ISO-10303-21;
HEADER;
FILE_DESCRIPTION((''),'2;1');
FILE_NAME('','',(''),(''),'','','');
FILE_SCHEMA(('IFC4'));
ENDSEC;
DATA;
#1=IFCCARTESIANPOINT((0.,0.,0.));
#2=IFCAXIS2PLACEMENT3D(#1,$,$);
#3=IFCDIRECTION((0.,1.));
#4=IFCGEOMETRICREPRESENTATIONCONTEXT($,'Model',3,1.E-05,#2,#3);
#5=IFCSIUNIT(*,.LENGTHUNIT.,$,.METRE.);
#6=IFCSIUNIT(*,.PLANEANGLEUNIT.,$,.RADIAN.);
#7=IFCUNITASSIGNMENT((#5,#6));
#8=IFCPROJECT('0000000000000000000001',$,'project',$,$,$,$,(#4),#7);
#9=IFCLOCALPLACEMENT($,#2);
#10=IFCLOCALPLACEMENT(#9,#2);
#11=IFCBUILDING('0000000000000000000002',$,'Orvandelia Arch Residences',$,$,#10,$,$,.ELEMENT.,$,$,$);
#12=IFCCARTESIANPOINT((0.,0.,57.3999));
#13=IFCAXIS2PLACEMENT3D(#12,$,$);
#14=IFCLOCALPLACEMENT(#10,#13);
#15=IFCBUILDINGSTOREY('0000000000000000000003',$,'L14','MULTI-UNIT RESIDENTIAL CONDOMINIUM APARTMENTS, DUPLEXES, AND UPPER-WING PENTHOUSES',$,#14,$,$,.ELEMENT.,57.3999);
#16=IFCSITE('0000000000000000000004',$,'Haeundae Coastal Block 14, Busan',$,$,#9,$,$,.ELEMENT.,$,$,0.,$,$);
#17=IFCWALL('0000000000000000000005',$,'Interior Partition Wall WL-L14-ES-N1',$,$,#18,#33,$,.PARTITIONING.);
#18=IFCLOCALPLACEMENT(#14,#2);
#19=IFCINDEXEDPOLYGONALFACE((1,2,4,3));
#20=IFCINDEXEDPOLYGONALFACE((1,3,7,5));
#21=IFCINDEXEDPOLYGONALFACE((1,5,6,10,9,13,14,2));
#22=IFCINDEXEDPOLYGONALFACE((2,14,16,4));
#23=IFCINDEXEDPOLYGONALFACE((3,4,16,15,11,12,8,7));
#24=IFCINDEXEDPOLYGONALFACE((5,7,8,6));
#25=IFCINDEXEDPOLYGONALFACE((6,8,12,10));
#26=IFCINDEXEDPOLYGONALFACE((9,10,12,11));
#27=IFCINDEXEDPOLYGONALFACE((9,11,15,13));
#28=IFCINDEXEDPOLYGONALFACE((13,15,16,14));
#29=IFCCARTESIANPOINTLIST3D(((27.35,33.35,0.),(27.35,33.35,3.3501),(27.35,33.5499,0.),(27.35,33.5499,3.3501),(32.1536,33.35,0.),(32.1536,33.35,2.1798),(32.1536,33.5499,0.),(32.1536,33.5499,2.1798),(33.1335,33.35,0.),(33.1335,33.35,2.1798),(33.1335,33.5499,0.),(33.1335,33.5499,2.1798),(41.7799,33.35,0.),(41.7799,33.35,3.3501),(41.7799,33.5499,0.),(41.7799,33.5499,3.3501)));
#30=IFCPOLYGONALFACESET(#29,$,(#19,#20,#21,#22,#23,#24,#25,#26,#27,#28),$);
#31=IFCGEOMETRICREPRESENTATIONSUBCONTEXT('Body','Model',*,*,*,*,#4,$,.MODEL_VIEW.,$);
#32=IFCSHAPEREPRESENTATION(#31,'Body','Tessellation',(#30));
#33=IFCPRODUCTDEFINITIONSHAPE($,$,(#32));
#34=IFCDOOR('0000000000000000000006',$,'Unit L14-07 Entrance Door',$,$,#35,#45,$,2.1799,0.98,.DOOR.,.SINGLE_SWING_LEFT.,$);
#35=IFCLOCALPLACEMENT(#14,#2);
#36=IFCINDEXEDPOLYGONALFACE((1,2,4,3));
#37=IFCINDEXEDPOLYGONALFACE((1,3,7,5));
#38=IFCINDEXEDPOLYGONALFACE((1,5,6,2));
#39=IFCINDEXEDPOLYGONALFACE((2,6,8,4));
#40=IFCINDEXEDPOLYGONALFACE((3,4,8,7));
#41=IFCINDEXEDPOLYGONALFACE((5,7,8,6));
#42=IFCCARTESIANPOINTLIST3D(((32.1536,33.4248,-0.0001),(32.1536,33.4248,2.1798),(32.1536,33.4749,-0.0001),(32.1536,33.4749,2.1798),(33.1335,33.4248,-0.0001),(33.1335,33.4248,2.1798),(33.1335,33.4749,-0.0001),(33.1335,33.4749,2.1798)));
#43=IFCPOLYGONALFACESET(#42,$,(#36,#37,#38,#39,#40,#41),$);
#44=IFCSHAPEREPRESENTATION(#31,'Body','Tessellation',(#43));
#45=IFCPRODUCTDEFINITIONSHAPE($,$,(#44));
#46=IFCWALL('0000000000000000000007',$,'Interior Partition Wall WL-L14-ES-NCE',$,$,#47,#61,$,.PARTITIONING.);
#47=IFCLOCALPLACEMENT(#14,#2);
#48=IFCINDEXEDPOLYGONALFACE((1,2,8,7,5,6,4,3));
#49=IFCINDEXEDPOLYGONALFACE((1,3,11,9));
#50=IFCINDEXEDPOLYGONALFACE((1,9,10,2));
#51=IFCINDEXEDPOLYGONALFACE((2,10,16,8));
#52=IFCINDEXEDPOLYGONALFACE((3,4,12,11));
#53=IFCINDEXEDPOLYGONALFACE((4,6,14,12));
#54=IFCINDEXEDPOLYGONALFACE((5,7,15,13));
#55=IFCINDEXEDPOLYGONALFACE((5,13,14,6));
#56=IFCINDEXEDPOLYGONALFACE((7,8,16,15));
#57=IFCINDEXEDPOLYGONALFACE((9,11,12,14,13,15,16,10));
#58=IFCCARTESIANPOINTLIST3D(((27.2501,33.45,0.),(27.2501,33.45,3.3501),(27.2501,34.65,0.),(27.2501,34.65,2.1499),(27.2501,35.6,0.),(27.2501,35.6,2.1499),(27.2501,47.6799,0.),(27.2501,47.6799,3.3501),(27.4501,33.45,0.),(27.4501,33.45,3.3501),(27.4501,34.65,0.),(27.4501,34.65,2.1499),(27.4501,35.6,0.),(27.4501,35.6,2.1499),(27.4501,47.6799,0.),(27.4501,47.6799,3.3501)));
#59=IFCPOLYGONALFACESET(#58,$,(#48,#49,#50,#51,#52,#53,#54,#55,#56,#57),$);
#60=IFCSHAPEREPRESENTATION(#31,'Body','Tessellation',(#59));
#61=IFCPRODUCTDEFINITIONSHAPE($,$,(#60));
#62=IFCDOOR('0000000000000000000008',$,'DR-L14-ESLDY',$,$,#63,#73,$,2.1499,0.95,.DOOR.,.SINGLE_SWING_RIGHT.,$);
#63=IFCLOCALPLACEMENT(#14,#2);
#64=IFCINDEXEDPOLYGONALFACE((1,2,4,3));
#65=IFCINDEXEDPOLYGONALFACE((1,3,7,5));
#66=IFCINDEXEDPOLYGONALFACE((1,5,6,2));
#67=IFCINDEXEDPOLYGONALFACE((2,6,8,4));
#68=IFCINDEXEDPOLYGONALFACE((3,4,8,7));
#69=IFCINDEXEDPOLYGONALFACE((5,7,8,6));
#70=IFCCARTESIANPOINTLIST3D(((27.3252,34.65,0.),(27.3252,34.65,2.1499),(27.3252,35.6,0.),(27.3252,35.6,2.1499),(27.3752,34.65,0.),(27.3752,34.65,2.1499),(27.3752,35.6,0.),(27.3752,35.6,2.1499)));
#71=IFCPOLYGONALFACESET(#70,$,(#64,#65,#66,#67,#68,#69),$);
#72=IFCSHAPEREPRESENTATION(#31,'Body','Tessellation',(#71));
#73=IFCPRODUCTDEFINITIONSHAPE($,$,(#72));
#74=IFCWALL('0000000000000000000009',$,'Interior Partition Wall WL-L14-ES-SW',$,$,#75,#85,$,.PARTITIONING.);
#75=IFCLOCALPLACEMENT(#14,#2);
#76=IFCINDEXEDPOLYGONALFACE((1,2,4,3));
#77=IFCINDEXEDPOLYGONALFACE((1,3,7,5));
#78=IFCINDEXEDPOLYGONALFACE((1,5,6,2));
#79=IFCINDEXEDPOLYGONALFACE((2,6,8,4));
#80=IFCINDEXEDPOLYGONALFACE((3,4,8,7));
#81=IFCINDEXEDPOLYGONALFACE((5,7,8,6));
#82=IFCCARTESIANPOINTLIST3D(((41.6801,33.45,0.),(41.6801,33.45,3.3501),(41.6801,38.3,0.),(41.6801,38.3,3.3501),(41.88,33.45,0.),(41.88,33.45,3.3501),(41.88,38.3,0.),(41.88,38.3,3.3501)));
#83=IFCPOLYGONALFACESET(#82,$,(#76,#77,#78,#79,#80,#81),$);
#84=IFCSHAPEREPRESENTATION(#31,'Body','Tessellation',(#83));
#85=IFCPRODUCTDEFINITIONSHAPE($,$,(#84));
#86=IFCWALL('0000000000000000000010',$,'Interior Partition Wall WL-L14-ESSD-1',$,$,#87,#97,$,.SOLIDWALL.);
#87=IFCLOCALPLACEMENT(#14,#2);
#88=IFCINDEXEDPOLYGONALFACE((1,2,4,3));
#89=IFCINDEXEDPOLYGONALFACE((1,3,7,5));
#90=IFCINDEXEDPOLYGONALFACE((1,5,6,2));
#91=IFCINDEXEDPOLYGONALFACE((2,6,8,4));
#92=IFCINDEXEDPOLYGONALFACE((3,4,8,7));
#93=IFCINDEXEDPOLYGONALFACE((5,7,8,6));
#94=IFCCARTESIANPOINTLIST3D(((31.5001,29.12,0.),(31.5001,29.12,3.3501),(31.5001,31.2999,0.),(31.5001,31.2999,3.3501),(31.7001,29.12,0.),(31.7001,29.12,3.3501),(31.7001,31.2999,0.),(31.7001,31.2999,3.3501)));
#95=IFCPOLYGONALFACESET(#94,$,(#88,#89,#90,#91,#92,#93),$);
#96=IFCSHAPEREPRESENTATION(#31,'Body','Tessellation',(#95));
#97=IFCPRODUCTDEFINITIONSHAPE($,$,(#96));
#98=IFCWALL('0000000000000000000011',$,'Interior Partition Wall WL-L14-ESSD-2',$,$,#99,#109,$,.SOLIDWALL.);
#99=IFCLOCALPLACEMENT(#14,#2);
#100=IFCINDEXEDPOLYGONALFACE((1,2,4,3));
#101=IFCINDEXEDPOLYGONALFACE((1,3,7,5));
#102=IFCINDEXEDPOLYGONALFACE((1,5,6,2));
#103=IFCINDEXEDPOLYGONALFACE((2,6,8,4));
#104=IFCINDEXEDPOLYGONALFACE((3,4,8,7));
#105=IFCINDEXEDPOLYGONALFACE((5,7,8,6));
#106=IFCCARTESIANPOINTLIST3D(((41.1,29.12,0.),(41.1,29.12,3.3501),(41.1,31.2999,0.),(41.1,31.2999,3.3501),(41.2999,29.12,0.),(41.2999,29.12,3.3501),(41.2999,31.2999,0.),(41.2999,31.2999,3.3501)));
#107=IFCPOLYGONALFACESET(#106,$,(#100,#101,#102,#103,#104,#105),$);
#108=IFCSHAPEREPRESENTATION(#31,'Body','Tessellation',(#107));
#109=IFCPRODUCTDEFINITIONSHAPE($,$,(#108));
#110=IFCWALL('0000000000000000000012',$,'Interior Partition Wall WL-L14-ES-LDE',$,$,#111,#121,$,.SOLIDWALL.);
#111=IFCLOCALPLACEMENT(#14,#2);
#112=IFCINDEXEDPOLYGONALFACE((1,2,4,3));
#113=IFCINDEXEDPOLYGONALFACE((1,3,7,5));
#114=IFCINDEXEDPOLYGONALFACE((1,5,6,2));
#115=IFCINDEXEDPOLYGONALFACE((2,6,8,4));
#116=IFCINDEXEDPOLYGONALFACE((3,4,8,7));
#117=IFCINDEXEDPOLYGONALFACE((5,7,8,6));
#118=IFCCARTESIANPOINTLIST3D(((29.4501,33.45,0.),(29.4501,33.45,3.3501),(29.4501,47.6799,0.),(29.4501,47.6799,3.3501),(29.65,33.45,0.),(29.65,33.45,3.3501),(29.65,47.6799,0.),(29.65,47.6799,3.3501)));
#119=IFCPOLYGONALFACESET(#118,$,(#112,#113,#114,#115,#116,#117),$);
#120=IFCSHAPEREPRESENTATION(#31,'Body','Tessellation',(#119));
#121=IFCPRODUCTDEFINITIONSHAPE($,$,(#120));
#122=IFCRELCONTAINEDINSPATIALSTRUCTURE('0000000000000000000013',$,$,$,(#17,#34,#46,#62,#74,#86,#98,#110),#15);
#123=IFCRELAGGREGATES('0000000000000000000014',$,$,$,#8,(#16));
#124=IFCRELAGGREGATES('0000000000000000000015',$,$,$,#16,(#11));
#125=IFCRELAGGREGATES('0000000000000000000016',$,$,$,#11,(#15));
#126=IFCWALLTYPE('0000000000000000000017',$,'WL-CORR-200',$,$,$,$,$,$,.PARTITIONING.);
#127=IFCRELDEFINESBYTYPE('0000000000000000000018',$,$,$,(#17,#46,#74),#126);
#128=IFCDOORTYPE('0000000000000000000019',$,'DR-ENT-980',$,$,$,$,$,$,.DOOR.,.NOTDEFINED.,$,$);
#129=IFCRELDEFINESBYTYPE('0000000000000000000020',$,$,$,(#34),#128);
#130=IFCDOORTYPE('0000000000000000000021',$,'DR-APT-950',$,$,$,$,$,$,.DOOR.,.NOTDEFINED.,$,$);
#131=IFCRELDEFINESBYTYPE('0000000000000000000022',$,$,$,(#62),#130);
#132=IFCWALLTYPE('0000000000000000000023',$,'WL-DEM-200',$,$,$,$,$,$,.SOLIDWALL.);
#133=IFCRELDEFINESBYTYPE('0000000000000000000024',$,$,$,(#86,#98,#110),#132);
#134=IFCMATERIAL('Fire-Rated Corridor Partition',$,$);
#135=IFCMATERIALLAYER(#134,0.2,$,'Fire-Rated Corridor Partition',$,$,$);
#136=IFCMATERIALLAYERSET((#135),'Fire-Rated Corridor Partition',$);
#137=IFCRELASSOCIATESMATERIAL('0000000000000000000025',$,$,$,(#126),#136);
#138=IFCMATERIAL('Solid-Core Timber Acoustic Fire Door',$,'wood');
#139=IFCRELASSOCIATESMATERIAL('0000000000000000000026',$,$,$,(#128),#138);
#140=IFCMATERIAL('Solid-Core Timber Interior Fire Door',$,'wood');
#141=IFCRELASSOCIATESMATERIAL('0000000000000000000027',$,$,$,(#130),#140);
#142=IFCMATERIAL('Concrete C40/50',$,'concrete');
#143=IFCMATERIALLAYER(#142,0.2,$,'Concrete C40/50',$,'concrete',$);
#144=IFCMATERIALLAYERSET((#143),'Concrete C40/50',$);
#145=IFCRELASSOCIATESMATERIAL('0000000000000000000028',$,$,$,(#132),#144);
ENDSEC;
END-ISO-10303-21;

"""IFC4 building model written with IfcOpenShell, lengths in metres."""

from ifc_helpers import new_model, si_unit, direction, frame, frame_2d, origin, place, context, subcontext, project, spatial, rectangle, extrude, material, layer, layer_set, type_object, element, fill, save


model = new_model("IFC4")

# Units and contexts
model_context = context("Model", 3, precision=1e-05, world=origin(), true_north=direction((0.0, 1.0)))
body_context = subcontext(model_context, "Body", "Model", "MODEL_VIEW")
ifc_project = project(units=[si_unit("LENGTHUNIT", "METRE"), si_unit("PLANEANGLEUNIT", "RADIAN")], contexts=[model_context])

# Site, building, storey
site_placement = place(None, origin())
site = spatial("IfcSite", under=ifc_project, at=site_placement, Name="Haeundae Coastal Block 14, Busan", CompositionType="ELEMENT", RefElevation=0.0)
building_placement = place(site_placement, origin())
building = spatial("IfcBuilding", under=site, at=building_placement, Name="Orvandelia Arch Residences", CompositionType="ELEMENT")
storey_placement = place(building_placement, frame((0.0, 0.0, 57.3999)))
storey = spatial("IfcBuildingStorey", under=building, at=storey_placement, Name="L14", Description="MULTI-UNIT RESIDENTIAL CONDOMINIUM APARTMENTS, DUPLEXES, AND UPPER-WING PENTHOUSES", CompositionType="ELEMENT", Elevation=57.3999)

# Walls, openings, doors
ifc_material_1 = material(Name="Fire-Rated Corridor Partition")
ifc_layer_1 = layer(ifc_material_1, 0.2, Name="Fire-Rated Corridor Partition")
ifc_layer_set_1 = layer_set([ifc_layer_1], Name="Fire-Rated Corridor Partition")
wall_type_1 = type_object("IfcWallType", Name="WL-CORR-200", PredefinedType="PARTITIONING", material=ifc_layer_set_1)
wall_1_placement = place(storey_placement, frame((27.3501, 33.45, 0.0), z_axis=(0.0, 0.0, 1.0), x_axis=(1.0, 0.0, 0.0)))
wall_1 = element("IfcWall", 1, at=wall_1_placement, inside=storey, type_object=wall_type_1, Name="Interior Partition Wall WL-L14-ES-N1", PredefinedType="PARTITIONING", context=body_context, shape_type="SweptSolid", body=[
    extrude(rectangle(XDim=14.4299, YDim=0.2, at=frame_2d((7.2148, 0.0))), origin(), (0.0, 0.0, 1.0), 3.3501),
])
opening_1_placement = place(wall_1_placement, frame((4.8035, 0.0, 0.0)))
opening_1 = element("IfcOpeningElement", 2, at=opening_1_placement, cuts=wall_1, PredefinedType="OPENING", context=body_context, shape_type="SweptSolid", body=[
    extrude(rectangle(XDim=0.98, YDim=2.1799, at=frame_2d((0.49, 1.0898))), frame((0.0, 0.1099, 0.0), z_axis=(0.0, -1.0, 0.0), x_axis=(1.0, 0.0, 0.0)), (0.0, 0.0, 1.0), 0.22),
])
ifc_material_2 = material(Name="Solid-Core Timber Acoustic Fire Door", Category="wood")
door_type_1 = type_object("IfcDoorType", Name="DR-ENT-980", OperationType="NOTDEFINED", PredefinedType="DOOR", material=ifc_material_2)
door_1_placement = place(opening_1_placement, origin())
door_1 = element("IfcDoor", 3, at=door_1_placement, inside=storey, type_object=door_type_1, Name="Unit L14-07 Entrance Door", OperationType="SINGLE_SWING_LEFT", OverallHeight=2.1799, OverallWidth=0.98, PredefinedType="DOOR", context=body_context, shape_type="SweptSolid", body=[
    extrude(rectangle(XDim=0.98, YDim=2.1799, at=frame_2d((0.49, 1.0898))), frame((0.0, 0.0249, 0.0), z_axis=(0.0, -1.0, 0.0), x_axis=(1.0, 0.0, 0.0)), (0.0, 0.0, 1.0), 0.05),
])
fill(opening_1, door_1)
wall_2_placement = place(storey_placement, frame((27.3501, 33.45, 0.0), z_axis=(0.0, 0.0, 1.0), x_axis=(0.0, 1.0, 0.0)))
wall_2 = element("IfcWall", 4, at=wall_2_placement, inside=storey, type_object=wall_type_1, Name="Interior Partition Wall WL-L14-ES-NCE", PredefinedType="PARTITIONING", context=body_context, shape_type="SweptSolid", body=[
    extrude(rectangle(XDim=14.23, YDim=0.2, at=frame_2d((7.115, 0.0))), origin(), (0.0, 0.0, 1.0), 3.3501),
])
opening_2_placement = place(wall_2_placement, frame((1.2, 0.0, 0.0)))
opening_2 = element("IfcOpeningElement", 5, at=opening_2_placement, cuts=wall_2, PredefinedType="OPENING", context=body_context, shape_type="SweptSolid", body=[
    extrude(rectangle(XDim=0.95, YDim=2.1499, at=frame_2d((0.4751, 1.075))), frame((0.0, 0.1099, 0.0), z_axis=(0.0, -1.0, 0.0), x_axis=(1.0, 0.0, 0.0)), (0.0, 0.0, 1.0), 0.22),
])
ifc_material_3 = material(Name="Solid-Core Timber Interior Fire Door", Category="wood")
door_type_2 = type_object("IfcDoorType", Name="DR-APT-950", OperationType="NOTDEFINED", PredefinedType="DOOR", material=ifc_material_3)
door_2_placement = place(opening_2_placement, origin())
door_2 = element("IfcDoor", 6, at=door_2_placement, inside=storey, type_object=door_type_2, Name="DR-L14-ESLDY", OperationType="SINGLE_SWING_RIGHT", OverallHeight=2.1499, OverallWidth=0.95, PredefinedType="DOOR", context=body_context, shape_type="SweptSolid", body=[
    extrude(rectangle(XDim=0.95, YDim=2.1499, at=frame_2d((0.4751, 1.075))), frame((0.0, 0.0249, 0.0), z_axis=(0.0, -1.0, 0.0), x_axis=(1.0, 0.0, 0.0)), (0.0, 0.0, 1.0), 0.05),
])
fill(opening_2, door_2)

# Walls
wall_3_placement = place(storey_placement, frame((41.78, 33.45, 0.0), z_axis=(0.0, 0.0, 1.0), x_axis=(0.0, 1.0, 0.0)))
element("IfcWall", 7, at=wall_3_placement, inside=storey, type_object=wall_type_1, Name="Interior Partition Wall WL-L14-ES-SW", PredefinedType="PARTITIONING", context=body_context, shape_type="SweptSolid", body=[
    extrude(rectangle(XDim=4.8501, YDim=0.2, at=frame_2d((2.425, 0.0))), origin(), (0.0, 0.0, 1.0), 3.3501),
])
ifc_material_4 = material(Name="Concrete C40/50", Category="concrete")
ifc_layer_2 = layer(ifc_material_4, 0.2, Name="Concrete C40/50", Category="concrete")
ifc_layer_set_2 = layer_set([ifc_layer_2], Name="Concrete C40/50")
wall_type_2 = type_object("IfcWallType", Name="WL-DEM-200", PredefinedType="SOLIDWALL", material=ifc_layer_set_2)
for number, where, z_axis, x_axis, name in (
    (8, (31.6001, 29.1201, 0.0), (0.0, 0.0, 1.0), (0.0, 1.0, 0.0), "Interior Partition Wall WL-L14-ESSD-1"),
    (9, (41.2, 29.1201, 0.0), (0.0, 0.0, 1.0), (0.0, 1.0, 0.0), "Interior Partition Wall WL-L14-ESSD-2"),
):
    element("IfcWall", number, at=place(storey_placement, frame(where, z_axis=z_axis, x_axis=x_axis)), inside=storey, type_object=wall_type_2, Name=name, PredefinedType="SOLIDWALL", context=body_context, shape_type="SweptSolid", body=[
        extrude(rectangle(XDim=2.1799, YDim=0.2, at=frame_2d((1.0898, 0.0))), origin(), (0.0, 0.0, 1.0), 3.3501),
    ])
wall_4_placement = place(storey_placement, frame((29.55, 33.45, 0.0), z_axis=(0.0, 0.0, 1.0), x_axis=(0.0, 1.0, 0.0)))
element("IfcWall", 10, at=wall_4_placement, inside=storey, type_object=wall_type_2, Name="Interior Partition Wall WL-L14-ES-LDE", PredefinedType="SOLIDWALL", context=body_context, shape_type="SweptSolid", body=[
    extrude(rectangle(XDim=14.23, YDim=0.2, at=frame_2d((7.115, 0.0))), origin(), (0.0, 0.0, 1.0), 3.3501),
])

save(model, "model.ifc")
